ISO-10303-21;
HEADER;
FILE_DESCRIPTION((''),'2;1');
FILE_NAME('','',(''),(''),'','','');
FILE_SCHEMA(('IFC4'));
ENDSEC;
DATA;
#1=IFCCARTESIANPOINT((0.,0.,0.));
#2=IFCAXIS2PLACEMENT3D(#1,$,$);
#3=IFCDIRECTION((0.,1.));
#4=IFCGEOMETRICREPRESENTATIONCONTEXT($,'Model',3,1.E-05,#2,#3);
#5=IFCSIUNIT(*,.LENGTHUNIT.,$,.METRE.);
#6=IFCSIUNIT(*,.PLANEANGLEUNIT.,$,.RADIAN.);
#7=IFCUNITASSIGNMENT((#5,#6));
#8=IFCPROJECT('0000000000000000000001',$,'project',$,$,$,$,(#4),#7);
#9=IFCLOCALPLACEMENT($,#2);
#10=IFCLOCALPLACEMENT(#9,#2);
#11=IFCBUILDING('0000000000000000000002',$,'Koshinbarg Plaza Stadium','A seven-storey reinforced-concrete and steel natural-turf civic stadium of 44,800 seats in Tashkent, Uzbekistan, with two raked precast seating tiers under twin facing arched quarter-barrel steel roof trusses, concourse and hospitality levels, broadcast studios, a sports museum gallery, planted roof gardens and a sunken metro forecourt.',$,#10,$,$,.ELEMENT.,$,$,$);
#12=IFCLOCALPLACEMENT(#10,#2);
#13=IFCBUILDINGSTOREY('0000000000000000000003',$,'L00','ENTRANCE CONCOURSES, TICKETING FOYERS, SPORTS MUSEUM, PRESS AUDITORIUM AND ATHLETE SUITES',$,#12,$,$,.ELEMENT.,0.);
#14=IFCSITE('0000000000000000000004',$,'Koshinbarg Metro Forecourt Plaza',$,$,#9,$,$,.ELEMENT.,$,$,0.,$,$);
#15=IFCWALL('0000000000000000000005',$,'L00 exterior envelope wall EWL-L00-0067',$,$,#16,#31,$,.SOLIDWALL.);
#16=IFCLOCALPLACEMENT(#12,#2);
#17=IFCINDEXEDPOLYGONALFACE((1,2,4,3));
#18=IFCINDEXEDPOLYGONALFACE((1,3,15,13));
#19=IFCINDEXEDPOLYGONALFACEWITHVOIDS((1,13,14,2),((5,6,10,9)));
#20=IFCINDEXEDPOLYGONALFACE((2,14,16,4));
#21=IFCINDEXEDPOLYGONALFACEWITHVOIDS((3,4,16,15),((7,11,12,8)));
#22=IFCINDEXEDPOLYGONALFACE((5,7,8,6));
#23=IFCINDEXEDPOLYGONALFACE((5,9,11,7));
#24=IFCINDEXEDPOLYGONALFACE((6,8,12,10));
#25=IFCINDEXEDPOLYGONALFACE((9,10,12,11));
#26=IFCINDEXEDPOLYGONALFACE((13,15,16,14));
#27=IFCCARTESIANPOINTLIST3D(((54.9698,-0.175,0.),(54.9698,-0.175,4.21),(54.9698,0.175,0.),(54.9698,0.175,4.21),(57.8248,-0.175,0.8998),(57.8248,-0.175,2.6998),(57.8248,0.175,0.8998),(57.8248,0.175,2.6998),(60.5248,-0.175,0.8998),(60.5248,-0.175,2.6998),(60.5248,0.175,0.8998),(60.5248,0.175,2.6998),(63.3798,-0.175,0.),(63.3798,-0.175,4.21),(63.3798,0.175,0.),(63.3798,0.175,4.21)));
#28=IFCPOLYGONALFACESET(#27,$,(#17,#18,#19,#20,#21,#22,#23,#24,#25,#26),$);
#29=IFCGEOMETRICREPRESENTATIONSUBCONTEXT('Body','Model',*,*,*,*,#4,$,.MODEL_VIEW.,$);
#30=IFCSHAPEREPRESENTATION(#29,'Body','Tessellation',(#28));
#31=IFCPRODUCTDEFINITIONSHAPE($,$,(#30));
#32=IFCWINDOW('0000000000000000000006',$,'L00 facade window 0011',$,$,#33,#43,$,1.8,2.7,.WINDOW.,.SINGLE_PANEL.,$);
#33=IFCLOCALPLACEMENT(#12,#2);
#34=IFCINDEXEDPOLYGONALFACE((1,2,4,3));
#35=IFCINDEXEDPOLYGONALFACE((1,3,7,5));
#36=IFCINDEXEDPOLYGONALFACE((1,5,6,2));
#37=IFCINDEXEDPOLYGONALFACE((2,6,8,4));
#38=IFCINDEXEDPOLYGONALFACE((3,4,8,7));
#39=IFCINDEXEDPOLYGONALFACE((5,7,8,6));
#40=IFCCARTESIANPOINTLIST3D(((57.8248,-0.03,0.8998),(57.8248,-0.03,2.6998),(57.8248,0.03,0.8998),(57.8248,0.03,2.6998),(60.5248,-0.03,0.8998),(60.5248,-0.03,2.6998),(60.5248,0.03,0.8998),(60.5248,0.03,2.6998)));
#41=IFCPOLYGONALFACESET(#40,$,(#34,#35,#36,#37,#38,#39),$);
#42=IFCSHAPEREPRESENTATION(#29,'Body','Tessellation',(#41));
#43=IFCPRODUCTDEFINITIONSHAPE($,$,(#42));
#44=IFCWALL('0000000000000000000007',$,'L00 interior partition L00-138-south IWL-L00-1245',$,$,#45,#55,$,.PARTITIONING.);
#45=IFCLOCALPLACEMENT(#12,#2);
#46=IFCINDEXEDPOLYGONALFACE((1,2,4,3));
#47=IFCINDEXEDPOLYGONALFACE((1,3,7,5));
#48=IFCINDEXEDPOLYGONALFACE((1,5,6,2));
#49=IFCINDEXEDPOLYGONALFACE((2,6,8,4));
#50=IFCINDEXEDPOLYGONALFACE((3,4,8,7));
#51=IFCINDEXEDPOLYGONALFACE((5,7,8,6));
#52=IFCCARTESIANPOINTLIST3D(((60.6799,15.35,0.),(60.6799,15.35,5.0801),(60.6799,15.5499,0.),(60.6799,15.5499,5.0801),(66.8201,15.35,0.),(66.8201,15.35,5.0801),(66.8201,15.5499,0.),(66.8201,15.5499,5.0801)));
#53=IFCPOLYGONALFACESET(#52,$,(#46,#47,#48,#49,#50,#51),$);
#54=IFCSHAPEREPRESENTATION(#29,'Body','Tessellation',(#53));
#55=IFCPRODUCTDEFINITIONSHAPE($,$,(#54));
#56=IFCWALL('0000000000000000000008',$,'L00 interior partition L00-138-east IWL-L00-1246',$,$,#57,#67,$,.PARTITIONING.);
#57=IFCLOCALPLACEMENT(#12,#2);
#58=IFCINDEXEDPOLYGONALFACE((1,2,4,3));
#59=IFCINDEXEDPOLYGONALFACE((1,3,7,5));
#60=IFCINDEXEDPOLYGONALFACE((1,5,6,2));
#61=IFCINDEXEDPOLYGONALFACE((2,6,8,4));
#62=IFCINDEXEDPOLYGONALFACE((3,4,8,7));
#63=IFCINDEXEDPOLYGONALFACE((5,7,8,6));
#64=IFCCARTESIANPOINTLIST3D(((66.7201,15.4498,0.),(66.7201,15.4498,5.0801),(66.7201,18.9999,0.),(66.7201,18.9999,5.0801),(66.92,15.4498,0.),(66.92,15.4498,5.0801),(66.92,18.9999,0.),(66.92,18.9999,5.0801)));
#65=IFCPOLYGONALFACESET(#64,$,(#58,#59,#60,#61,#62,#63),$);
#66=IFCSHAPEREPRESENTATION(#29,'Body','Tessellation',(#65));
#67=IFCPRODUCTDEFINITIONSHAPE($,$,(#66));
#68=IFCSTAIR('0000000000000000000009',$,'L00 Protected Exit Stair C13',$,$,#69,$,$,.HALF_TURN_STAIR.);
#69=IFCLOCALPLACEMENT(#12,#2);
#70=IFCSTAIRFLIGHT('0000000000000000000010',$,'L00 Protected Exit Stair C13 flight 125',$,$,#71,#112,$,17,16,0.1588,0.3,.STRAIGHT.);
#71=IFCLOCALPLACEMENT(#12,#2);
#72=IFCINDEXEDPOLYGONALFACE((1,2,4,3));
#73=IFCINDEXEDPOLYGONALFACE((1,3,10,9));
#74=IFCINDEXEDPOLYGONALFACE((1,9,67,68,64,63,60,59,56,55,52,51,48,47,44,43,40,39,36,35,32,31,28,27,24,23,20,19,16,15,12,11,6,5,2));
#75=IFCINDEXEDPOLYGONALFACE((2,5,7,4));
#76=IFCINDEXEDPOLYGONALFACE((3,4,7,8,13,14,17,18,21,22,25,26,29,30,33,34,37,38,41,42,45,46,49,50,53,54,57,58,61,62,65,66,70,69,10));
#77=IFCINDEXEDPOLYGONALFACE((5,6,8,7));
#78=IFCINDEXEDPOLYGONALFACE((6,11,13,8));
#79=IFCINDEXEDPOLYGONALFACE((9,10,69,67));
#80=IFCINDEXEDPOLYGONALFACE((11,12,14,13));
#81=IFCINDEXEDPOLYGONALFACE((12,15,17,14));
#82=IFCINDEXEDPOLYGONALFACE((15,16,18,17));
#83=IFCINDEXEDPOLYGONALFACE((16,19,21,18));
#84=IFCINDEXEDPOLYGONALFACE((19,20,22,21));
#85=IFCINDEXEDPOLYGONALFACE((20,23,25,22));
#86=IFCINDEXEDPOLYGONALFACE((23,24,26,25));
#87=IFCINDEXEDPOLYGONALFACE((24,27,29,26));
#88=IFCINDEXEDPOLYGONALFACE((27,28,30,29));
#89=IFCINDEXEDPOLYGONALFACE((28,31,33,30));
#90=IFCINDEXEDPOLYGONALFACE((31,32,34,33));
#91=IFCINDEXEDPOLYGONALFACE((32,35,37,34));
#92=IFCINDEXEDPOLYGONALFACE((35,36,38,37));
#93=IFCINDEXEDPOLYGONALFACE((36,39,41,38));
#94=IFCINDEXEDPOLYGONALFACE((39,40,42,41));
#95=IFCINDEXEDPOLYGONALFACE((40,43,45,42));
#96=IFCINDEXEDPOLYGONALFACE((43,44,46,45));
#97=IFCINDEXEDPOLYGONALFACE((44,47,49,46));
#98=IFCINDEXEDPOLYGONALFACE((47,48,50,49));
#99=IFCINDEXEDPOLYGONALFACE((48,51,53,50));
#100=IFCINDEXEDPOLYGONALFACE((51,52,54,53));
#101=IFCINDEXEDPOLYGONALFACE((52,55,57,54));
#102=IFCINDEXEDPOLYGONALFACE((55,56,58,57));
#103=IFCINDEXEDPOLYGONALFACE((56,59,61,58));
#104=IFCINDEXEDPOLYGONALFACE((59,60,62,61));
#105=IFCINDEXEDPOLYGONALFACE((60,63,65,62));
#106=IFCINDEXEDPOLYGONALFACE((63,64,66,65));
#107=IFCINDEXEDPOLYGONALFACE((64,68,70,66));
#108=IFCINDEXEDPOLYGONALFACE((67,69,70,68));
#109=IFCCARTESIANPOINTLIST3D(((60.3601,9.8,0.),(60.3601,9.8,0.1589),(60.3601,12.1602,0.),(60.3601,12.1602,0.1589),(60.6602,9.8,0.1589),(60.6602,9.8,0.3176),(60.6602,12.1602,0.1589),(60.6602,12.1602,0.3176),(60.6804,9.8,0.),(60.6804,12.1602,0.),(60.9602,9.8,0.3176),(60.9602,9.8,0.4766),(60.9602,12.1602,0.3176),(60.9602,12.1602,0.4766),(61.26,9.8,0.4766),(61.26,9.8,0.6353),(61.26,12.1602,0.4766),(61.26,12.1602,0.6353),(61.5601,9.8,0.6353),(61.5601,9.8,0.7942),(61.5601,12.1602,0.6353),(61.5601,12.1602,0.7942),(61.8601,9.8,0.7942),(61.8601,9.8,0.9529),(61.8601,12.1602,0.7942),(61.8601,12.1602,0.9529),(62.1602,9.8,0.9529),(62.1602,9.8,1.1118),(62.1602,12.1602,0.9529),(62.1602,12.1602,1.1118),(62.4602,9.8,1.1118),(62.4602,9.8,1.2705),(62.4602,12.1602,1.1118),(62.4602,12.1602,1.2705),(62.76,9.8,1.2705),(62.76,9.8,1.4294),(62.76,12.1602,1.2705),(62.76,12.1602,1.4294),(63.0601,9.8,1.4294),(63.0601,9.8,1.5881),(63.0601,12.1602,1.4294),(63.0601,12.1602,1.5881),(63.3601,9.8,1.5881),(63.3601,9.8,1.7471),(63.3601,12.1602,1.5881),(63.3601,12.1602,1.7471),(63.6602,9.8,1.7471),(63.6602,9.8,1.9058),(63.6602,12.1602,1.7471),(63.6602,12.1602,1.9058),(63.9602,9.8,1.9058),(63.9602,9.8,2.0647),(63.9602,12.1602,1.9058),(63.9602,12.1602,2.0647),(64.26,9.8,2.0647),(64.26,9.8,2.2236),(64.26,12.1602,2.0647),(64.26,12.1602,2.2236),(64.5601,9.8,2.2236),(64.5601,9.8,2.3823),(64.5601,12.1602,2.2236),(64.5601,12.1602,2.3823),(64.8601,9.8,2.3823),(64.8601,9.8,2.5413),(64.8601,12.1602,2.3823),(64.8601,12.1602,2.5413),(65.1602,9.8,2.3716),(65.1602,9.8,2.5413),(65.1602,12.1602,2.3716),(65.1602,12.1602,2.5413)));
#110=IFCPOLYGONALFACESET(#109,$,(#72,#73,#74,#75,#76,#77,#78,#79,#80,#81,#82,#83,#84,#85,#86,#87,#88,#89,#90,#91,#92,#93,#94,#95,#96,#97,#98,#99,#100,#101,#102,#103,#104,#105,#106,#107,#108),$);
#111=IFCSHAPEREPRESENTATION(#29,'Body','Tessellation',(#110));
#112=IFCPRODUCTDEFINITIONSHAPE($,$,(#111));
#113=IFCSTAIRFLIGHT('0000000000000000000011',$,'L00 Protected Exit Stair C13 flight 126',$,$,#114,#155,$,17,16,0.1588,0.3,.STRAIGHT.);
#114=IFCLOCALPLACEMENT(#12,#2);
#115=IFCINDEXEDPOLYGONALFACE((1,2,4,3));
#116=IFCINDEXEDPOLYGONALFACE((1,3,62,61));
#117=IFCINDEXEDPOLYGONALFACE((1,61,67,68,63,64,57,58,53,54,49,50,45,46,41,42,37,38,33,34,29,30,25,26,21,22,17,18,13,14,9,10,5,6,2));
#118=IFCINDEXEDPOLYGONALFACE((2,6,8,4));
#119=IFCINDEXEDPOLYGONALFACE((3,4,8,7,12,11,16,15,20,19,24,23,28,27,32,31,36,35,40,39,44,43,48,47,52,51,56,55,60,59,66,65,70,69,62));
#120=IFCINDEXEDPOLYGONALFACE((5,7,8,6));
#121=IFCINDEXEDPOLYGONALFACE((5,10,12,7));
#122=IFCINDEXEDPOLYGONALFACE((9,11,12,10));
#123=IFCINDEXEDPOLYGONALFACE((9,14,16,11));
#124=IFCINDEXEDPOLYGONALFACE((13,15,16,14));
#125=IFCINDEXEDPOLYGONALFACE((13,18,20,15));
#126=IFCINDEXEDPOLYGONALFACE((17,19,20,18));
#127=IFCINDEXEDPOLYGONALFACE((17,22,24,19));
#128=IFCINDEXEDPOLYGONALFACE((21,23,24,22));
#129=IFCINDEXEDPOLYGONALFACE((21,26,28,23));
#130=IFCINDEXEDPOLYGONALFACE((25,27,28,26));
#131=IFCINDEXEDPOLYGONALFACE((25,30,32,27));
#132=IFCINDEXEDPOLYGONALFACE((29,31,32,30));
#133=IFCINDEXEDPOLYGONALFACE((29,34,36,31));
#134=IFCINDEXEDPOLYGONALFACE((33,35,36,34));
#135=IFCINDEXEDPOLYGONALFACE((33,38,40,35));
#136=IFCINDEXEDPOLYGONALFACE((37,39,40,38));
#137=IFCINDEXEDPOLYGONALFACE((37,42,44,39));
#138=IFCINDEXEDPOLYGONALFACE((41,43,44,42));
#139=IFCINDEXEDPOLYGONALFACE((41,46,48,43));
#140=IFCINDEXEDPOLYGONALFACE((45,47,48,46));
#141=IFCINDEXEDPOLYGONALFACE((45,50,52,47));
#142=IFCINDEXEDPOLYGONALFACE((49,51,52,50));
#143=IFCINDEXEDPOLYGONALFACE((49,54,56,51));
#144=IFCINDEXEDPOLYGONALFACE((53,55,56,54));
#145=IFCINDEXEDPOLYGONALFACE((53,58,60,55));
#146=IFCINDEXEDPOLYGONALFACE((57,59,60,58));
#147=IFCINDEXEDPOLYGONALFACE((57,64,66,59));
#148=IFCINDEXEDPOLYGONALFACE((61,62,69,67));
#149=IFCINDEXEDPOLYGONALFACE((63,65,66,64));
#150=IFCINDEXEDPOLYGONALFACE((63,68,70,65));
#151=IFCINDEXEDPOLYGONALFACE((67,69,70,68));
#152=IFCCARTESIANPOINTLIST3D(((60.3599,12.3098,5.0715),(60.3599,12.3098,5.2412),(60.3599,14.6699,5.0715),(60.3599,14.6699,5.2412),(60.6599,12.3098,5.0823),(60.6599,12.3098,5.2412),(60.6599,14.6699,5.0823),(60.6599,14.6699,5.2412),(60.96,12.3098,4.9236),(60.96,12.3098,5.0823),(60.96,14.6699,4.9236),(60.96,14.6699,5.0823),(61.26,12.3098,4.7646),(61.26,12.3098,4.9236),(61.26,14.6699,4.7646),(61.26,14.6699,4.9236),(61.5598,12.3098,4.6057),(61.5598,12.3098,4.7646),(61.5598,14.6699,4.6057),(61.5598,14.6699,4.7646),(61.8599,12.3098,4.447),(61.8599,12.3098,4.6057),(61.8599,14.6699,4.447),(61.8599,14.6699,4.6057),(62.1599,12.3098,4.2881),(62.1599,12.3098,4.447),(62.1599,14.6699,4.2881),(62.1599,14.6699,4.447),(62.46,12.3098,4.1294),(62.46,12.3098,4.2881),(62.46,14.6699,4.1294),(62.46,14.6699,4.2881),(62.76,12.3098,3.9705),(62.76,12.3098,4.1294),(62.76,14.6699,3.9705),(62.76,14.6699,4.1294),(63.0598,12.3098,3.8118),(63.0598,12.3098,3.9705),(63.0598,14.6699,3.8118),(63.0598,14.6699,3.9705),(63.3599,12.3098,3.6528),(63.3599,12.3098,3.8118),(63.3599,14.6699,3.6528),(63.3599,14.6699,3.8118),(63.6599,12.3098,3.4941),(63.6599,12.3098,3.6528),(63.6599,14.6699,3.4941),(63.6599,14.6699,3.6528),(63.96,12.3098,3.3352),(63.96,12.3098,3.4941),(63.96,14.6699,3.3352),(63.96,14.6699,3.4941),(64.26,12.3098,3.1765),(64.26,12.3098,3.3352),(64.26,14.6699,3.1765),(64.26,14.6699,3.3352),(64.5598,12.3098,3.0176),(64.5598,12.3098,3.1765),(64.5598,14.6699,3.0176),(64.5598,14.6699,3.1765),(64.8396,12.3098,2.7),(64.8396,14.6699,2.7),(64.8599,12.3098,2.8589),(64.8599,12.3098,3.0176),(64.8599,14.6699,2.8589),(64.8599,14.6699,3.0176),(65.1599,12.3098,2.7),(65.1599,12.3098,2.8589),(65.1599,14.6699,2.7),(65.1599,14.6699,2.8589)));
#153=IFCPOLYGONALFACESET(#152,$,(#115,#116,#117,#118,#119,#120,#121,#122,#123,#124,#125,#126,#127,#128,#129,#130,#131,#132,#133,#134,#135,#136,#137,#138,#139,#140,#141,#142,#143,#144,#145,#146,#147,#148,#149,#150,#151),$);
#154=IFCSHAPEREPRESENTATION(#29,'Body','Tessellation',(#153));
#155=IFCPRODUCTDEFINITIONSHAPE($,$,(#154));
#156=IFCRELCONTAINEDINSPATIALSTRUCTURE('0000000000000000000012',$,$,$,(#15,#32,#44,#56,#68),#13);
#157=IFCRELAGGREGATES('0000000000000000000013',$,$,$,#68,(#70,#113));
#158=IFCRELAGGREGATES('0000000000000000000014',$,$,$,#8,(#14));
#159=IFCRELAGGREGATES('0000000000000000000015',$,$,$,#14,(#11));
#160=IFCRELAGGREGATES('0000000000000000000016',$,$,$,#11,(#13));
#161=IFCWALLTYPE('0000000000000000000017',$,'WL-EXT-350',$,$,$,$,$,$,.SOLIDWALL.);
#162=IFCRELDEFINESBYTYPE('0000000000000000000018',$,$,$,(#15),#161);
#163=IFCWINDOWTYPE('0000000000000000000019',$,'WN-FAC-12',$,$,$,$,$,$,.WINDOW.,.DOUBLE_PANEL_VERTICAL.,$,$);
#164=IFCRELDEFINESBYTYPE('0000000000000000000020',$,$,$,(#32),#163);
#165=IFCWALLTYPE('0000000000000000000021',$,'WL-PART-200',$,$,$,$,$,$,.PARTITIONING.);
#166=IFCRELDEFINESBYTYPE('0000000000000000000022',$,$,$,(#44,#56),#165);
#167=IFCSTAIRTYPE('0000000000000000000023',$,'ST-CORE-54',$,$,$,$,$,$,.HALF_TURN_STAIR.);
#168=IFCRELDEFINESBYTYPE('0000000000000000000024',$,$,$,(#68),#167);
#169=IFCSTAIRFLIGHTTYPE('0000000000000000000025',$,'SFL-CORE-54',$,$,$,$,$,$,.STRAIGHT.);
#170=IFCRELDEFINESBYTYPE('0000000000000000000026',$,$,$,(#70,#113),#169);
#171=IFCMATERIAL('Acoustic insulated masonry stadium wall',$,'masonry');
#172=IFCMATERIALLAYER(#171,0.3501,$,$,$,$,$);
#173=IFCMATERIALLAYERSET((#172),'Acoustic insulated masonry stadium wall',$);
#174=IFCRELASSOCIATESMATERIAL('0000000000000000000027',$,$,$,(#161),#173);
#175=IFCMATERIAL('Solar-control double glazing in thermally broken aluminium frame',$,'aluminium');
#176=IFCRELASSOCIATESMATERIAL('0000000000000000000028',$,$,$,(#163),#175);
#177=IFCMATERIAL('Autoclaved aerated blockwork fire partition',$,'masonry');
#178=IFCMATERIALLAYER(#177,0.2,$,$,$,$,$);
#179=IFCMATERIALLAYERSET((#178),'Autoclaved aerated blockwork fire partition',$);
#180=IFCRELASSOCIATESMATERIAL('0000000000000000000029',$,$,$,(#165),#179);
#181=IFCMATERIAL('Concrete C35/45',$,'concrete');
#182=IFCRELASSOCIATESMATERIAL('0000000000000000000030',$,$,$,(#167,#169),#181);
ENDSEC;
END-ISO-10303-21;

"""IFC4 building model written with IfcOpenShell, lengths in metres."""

from ifc_helpers import new_model, si_unit, direction, frame, frame_2d, origin, place, context, subcontext, project, spatial, polyline, rectangle, outline, extrude, material, layer, layer_set, type_object, element, fill, aggregate, save


model = new_model("IFC4")

# Units and contexts
model_context = context("Model", 3, precision=1e-05, world=origin(), true_north=direction((0.0, 1.0)))
body_context = subcontext(model_context, "Body", "Model", "MODEL_VIEW")
ifc_project = project(units=[si_unit("LENGTHUNIT", "METRE"), si_unit("PLANEANGLEUNIT", "RADIAN")], contexts=[model_context])

# Site, building, storey
site_placement = place(None, origin())
site = spatial("IfcSite", under=ifc_project, at=site_placement, Name="Koshinbarg Metro Forecourt Plaza", CompositionType="ELEMENT", RefElevation=0.0)
building_placement = place(site_placement, origin())
building = spatial("IfcBuilding", under=site, at=building_placement, Name="Koshinbarg Plaza Stadium", Description="A seven-storey reinforced-concrete and steel natural-turf civic stadium of 44,800 seats in Tashkent, Uzbekistan, with two raked precast seating tiers under twin facing arched quarter-barrel steel roof trusses, concourse and hospitality levels, broadcast studios, a sports museum gallery, planted roof gardens and a sunken metro forecourt.", CompositionType="ELEMENT")
storey_placement = place(building_placement, origin())
storey = spatial("IfcBuildingStorey", under=building, at=storey_placement, Name="L00", Description="ENTRANCE CONCOURSES, TICKETING FOYERS, SPORTS MUSEUM, PRESS AUDITORIUM AND ATHLETE SUITES", CompositionType="ELEMENT", Elevation=0.0)

# Shared definitions
ifc_material_1 = material(Name="Concrete C35/45", Category="concrete")

# Wall, opening, window
ifc_material_2 = material(Name="Acoustic insulated masonry stadium wall", Category="masonry")
ifc_layer_1 = layer(ifc_material_2, 0.3501)
ifc_layer_set_1 = layer_set([ifc_layer_1], Name="Acoustic insulated masonry stadium wall")
wall_type_1 = type_object("IfcWallType", Name="WL-EXT-350", PredefinedType="SOLIDWALL", material=ifc_layer_set_1)
wall_1_placement = place(storey_placement, frame((63.3799, 0.0, 0.0), z_axis=(0.0, 0.0, 1.0), x_axis=(-1.0, 0.0, 0.0)))
wall_1 = element("IfcWall", 1, at=wall_1_placement, inside=storey, type_object=wall_type_1, Name="L00 exterior envelope wall EWL-L00-0067", PredefinedType="SOLIDWALL", context=body_context, shape_type="SweptSolid", body=[
    extrude(rectangle(XDim=8.4099, YDim=0.3501, at=frame_2d((4.2051, 0.0))), origin(), (0.0, 0.0, 1.0), 4.21),
])
opening_placement = place(wall_1_placement, frame((2.855, 0.0, 0.8999)))
opening = element("IfcOpeningElement", 2, at=opening_placement, cuts=wall_1, PredefinedType="OPENING", context=body_context, shape_type="SweptSolid", body=[
    extrude(rectangle(XDim=2.7, YDim=1.8, at=frame_2d((1.3501, 0.8999))), frame((0.0, 0.1851, 0.0), z_axis=(0.0, -1.0, 0.0), x_axis=(1.0, 0.0, 0.0)), (0.0, 0.0, 1.0), 0.3701),
])
ifc_material_3 = material(Name="Solar-control double glazing in thermally broken aluminium frame", Category="aluminium")
window_type = type_object("IfcWindowType", Name="WN-FAC-12", PartitioningType="DOUBLE_PANEL_VERTICAL", PredefinedType="WINDOW", material=ifc_material_3)
window_placement = place(opening_placement, origin())
window = element("IfcWindow", 3, at=window_placement, inside=storey, type_object=window_type, Name="L00 facade window 0011", OverallHeight=1.8, OverallWidth=2.7, PartitioningType="SINGLE_PANEL", PredefinedType="WINDOW", context=body_context, shape_type="SweptSolid", body=[
    extrude(rectangle(XDim=2.7, YDim=1.8, at=frame_2d((1.3501, 0.8999))), frame((0.0, 0.03, 0.0), z_axis=(0.0, -1.0, 0.0), x_axis=(1.0, 0.0, 0.0)), (0.0, 0.0, 1.0), 0.0601),
])
fill(opening, window)

# Walls
ifc_material_4 = material(Name="Autoclaved aerated blockwork fire partition", Category="masonry")
ifc_layer_2 = layer(ifc_material_4, 0.2)
ifc_layer_set_2 = layer_set([ifc_layer_2], Name="Autoclaved aerated blockwork fire partition")
wall_type_2 = type_object("IfcWallType", Name="WL-PART-200", PredefinedType="PARTITIONING", material=ifc_layer_set_2)
wall_2_placement = place(storey_placement, frame((60.6799, 15.45, 0.0), z_axis=(0.0, 0.0, 1.0), x_axis=(1.0, 0.0, 0.0)))
element("IfcWall", 4, at=wall_2_placement, inside=storey, type_object=wall_type_2, Name="L00 interior partition L00-138-south IWL-L00-1245", PredefinedType="PARTITIONING", context=body_context, shape_type="SweptSolid", body=[
    extrude(rectangle(XDim=6.1401, YDim=0.2, at=frame_2d((3.0701, 0.0))), origin(), (0.0, 0.0, 1.0), 5.0801),
])
wall_3_placement = place(storey_placement, frame((66.8201, 15.45, 0.0), z_axis=(0.0, 0.0, 1.0), x_axis=(0.0, 1.0, 0.0)))
element("IfcWall", 5, at=wall_3_placement, inside=storey, type_object=wall_type_2, Name="L00 interior partition L00-138-east IWL-L00-1246", PredefinedType="PARTITIONING", context=body_context, shape_type="SweptSolid", body=[
    extrude(rectangle(XDim=3.55, YDim=0.2, at=frame_2d((1.7749, 0.0))), origin(), (0.0, 0.0, 1.0), 5.0801),
])

# Stair, stair flights
stair_type = type_object("IfcStairType", Name="ST-CORE-54", PredefinedType="HALF_TURN_STAIR", material=ifc_material_1)
stair_placement = place(storey_placement, origin())
stair = element("IfcStair", 6, at=stair_placement, inside=storey, type_object=stair_type, Name="L00 Protected Exit Stair C13", PredefinedType="HALF_TURN_STAIR")
stair_flight_type = type_object("IfcStairFlightType", Name="SFL-CORE-54", PredefinedType="STRAIGHT", material=ifc_material_1)
stair_flight_1_placement = place(storey_placement, frame((60.3601, 10.98, 0.0), z_axis=(0.0, 0.0, 1.0), x_axis=(1.0, 0.0, 0.0)))
stair_flight_1 = element("IfcStairFlight", 7, at=stair_flight_1_placement, type_object=stair_flight_type, Name="L00 Protected Exit Stair C13 flight 125", NumberOfRisers=17, NumberOfTreads=16, PredefinedType="STRAIGHT", RiserHeight=0.1588, TreadLength=0.3, context=body_context, shape_type="SweptSolid", body=[
    extrude(outline(polyline([(0.0, 0.0), (0.0, 0.1589), (0.3, 0.1589), (0.3, 0.3176), (0.6001, 0.3176), (0.6001, 0.4766), (0.8999, 0.4766), (0.8999, 0.6353), (1.2, 0.6353), (1.2, 0.7942), (1.5, 0.7942), (1.5, 0.9529), (1.8, 0.9529), (1.8, 1.1118), (2.1001, 1.1118), (2.1001, 1.2705), (2.3999, 1.2705), (2.3999, 1.4294), (2.7, 1.4294), (2.7, 1.5881), (3.0, 1.5881), (3.0, 1.7471), (3.3, 1.7471), (3.3, 1.9058), (3.6001, 1.9058), (3.6001, 2.0647), (3.8999, 2.0647), (3.8999, 2.2236), (4.2, 2.2236), (4.2, 2.3823), (4.5, 2.3823), (4.5, 2.5413), (4.8, 2.5413), (4.8, 2.7), (4.8, 2.3716), (0.3203, 0.0), (0.0, 0.0)])), frame((0.0, 1.1802, 0.0), z_axis=(0.0, -1.0, 0.0), x_axis=(1.0, 0.0, 0.0)), (0.0, 0.0, 1.0), 2.3601),
])
stair_flight_2_placement = place(storey_placement, frame((65.1599, 13.49, 2.7), z_axis=(0.0, 0.0, 1.0), x_axis=(-1.0, 0.0, 0.0)))
stair_flight_2 = element("IfcStairFlight", 8, at=stair_flight_2_placement, type_object=stair_flight_type, Name="L00 Protected Exit Stair C13 flight 126", NumberOfRisers=17, NumberOfTreads=16, PredefinedType="STRAIGHT", RiserHeight=0.1588, TreadLength=0.3, context=body_context, shape_type="SweptSolid", body=[
    extrude(outline(polyline([(0.0, 0.0), (0.0, 0.1589), (0.3, 0.1589), (0.3, 0.3176), (0.6001, 0.3176), (0.6001, 0.4766), (0.8999, 0.4766), (0.8999, 0.6353), (1.2, 0.6353), (1.2, 0.7942), (1.5, 0.7942), (1.5, 0.9529), (1.8, 0.9529), (1.8, 1.1118), (2.1001, 1.1118), (2.1001, 1.2705), (2.3999, 1.2705), (2.3999, 1.4294), (2.7, 1.4294), (2.7, 1.5881), (3.0, 1.5881), (3.0, 1.7471), (3.3, 1.7471), (3.3, 1.9058), (3.6001, 1.9058), (3.6001, 2.0647), (3.8999, 2.0647), (3.8999, 2.2236), (4.2, 2.2236), (4.2, 2.3823), (4.5, 2.3823), (4.5, 2.5413), (4.8, 2.5413), (4.8, 2.7), (4.8, 2.3716), (0.3203, 0.0), (0.0, 0.0)])), frame((0.0, 1.1802, 0.0), z_axis=(0.0, -1.0, 0.0), x_axis=(1.0, 0.0, 0.0)), (0.0, 0.0, 1.0), 2.3601),
])
aggregate(stair, [stair_flight_1, stair_flight_2])

save(model, "model.ifc")
